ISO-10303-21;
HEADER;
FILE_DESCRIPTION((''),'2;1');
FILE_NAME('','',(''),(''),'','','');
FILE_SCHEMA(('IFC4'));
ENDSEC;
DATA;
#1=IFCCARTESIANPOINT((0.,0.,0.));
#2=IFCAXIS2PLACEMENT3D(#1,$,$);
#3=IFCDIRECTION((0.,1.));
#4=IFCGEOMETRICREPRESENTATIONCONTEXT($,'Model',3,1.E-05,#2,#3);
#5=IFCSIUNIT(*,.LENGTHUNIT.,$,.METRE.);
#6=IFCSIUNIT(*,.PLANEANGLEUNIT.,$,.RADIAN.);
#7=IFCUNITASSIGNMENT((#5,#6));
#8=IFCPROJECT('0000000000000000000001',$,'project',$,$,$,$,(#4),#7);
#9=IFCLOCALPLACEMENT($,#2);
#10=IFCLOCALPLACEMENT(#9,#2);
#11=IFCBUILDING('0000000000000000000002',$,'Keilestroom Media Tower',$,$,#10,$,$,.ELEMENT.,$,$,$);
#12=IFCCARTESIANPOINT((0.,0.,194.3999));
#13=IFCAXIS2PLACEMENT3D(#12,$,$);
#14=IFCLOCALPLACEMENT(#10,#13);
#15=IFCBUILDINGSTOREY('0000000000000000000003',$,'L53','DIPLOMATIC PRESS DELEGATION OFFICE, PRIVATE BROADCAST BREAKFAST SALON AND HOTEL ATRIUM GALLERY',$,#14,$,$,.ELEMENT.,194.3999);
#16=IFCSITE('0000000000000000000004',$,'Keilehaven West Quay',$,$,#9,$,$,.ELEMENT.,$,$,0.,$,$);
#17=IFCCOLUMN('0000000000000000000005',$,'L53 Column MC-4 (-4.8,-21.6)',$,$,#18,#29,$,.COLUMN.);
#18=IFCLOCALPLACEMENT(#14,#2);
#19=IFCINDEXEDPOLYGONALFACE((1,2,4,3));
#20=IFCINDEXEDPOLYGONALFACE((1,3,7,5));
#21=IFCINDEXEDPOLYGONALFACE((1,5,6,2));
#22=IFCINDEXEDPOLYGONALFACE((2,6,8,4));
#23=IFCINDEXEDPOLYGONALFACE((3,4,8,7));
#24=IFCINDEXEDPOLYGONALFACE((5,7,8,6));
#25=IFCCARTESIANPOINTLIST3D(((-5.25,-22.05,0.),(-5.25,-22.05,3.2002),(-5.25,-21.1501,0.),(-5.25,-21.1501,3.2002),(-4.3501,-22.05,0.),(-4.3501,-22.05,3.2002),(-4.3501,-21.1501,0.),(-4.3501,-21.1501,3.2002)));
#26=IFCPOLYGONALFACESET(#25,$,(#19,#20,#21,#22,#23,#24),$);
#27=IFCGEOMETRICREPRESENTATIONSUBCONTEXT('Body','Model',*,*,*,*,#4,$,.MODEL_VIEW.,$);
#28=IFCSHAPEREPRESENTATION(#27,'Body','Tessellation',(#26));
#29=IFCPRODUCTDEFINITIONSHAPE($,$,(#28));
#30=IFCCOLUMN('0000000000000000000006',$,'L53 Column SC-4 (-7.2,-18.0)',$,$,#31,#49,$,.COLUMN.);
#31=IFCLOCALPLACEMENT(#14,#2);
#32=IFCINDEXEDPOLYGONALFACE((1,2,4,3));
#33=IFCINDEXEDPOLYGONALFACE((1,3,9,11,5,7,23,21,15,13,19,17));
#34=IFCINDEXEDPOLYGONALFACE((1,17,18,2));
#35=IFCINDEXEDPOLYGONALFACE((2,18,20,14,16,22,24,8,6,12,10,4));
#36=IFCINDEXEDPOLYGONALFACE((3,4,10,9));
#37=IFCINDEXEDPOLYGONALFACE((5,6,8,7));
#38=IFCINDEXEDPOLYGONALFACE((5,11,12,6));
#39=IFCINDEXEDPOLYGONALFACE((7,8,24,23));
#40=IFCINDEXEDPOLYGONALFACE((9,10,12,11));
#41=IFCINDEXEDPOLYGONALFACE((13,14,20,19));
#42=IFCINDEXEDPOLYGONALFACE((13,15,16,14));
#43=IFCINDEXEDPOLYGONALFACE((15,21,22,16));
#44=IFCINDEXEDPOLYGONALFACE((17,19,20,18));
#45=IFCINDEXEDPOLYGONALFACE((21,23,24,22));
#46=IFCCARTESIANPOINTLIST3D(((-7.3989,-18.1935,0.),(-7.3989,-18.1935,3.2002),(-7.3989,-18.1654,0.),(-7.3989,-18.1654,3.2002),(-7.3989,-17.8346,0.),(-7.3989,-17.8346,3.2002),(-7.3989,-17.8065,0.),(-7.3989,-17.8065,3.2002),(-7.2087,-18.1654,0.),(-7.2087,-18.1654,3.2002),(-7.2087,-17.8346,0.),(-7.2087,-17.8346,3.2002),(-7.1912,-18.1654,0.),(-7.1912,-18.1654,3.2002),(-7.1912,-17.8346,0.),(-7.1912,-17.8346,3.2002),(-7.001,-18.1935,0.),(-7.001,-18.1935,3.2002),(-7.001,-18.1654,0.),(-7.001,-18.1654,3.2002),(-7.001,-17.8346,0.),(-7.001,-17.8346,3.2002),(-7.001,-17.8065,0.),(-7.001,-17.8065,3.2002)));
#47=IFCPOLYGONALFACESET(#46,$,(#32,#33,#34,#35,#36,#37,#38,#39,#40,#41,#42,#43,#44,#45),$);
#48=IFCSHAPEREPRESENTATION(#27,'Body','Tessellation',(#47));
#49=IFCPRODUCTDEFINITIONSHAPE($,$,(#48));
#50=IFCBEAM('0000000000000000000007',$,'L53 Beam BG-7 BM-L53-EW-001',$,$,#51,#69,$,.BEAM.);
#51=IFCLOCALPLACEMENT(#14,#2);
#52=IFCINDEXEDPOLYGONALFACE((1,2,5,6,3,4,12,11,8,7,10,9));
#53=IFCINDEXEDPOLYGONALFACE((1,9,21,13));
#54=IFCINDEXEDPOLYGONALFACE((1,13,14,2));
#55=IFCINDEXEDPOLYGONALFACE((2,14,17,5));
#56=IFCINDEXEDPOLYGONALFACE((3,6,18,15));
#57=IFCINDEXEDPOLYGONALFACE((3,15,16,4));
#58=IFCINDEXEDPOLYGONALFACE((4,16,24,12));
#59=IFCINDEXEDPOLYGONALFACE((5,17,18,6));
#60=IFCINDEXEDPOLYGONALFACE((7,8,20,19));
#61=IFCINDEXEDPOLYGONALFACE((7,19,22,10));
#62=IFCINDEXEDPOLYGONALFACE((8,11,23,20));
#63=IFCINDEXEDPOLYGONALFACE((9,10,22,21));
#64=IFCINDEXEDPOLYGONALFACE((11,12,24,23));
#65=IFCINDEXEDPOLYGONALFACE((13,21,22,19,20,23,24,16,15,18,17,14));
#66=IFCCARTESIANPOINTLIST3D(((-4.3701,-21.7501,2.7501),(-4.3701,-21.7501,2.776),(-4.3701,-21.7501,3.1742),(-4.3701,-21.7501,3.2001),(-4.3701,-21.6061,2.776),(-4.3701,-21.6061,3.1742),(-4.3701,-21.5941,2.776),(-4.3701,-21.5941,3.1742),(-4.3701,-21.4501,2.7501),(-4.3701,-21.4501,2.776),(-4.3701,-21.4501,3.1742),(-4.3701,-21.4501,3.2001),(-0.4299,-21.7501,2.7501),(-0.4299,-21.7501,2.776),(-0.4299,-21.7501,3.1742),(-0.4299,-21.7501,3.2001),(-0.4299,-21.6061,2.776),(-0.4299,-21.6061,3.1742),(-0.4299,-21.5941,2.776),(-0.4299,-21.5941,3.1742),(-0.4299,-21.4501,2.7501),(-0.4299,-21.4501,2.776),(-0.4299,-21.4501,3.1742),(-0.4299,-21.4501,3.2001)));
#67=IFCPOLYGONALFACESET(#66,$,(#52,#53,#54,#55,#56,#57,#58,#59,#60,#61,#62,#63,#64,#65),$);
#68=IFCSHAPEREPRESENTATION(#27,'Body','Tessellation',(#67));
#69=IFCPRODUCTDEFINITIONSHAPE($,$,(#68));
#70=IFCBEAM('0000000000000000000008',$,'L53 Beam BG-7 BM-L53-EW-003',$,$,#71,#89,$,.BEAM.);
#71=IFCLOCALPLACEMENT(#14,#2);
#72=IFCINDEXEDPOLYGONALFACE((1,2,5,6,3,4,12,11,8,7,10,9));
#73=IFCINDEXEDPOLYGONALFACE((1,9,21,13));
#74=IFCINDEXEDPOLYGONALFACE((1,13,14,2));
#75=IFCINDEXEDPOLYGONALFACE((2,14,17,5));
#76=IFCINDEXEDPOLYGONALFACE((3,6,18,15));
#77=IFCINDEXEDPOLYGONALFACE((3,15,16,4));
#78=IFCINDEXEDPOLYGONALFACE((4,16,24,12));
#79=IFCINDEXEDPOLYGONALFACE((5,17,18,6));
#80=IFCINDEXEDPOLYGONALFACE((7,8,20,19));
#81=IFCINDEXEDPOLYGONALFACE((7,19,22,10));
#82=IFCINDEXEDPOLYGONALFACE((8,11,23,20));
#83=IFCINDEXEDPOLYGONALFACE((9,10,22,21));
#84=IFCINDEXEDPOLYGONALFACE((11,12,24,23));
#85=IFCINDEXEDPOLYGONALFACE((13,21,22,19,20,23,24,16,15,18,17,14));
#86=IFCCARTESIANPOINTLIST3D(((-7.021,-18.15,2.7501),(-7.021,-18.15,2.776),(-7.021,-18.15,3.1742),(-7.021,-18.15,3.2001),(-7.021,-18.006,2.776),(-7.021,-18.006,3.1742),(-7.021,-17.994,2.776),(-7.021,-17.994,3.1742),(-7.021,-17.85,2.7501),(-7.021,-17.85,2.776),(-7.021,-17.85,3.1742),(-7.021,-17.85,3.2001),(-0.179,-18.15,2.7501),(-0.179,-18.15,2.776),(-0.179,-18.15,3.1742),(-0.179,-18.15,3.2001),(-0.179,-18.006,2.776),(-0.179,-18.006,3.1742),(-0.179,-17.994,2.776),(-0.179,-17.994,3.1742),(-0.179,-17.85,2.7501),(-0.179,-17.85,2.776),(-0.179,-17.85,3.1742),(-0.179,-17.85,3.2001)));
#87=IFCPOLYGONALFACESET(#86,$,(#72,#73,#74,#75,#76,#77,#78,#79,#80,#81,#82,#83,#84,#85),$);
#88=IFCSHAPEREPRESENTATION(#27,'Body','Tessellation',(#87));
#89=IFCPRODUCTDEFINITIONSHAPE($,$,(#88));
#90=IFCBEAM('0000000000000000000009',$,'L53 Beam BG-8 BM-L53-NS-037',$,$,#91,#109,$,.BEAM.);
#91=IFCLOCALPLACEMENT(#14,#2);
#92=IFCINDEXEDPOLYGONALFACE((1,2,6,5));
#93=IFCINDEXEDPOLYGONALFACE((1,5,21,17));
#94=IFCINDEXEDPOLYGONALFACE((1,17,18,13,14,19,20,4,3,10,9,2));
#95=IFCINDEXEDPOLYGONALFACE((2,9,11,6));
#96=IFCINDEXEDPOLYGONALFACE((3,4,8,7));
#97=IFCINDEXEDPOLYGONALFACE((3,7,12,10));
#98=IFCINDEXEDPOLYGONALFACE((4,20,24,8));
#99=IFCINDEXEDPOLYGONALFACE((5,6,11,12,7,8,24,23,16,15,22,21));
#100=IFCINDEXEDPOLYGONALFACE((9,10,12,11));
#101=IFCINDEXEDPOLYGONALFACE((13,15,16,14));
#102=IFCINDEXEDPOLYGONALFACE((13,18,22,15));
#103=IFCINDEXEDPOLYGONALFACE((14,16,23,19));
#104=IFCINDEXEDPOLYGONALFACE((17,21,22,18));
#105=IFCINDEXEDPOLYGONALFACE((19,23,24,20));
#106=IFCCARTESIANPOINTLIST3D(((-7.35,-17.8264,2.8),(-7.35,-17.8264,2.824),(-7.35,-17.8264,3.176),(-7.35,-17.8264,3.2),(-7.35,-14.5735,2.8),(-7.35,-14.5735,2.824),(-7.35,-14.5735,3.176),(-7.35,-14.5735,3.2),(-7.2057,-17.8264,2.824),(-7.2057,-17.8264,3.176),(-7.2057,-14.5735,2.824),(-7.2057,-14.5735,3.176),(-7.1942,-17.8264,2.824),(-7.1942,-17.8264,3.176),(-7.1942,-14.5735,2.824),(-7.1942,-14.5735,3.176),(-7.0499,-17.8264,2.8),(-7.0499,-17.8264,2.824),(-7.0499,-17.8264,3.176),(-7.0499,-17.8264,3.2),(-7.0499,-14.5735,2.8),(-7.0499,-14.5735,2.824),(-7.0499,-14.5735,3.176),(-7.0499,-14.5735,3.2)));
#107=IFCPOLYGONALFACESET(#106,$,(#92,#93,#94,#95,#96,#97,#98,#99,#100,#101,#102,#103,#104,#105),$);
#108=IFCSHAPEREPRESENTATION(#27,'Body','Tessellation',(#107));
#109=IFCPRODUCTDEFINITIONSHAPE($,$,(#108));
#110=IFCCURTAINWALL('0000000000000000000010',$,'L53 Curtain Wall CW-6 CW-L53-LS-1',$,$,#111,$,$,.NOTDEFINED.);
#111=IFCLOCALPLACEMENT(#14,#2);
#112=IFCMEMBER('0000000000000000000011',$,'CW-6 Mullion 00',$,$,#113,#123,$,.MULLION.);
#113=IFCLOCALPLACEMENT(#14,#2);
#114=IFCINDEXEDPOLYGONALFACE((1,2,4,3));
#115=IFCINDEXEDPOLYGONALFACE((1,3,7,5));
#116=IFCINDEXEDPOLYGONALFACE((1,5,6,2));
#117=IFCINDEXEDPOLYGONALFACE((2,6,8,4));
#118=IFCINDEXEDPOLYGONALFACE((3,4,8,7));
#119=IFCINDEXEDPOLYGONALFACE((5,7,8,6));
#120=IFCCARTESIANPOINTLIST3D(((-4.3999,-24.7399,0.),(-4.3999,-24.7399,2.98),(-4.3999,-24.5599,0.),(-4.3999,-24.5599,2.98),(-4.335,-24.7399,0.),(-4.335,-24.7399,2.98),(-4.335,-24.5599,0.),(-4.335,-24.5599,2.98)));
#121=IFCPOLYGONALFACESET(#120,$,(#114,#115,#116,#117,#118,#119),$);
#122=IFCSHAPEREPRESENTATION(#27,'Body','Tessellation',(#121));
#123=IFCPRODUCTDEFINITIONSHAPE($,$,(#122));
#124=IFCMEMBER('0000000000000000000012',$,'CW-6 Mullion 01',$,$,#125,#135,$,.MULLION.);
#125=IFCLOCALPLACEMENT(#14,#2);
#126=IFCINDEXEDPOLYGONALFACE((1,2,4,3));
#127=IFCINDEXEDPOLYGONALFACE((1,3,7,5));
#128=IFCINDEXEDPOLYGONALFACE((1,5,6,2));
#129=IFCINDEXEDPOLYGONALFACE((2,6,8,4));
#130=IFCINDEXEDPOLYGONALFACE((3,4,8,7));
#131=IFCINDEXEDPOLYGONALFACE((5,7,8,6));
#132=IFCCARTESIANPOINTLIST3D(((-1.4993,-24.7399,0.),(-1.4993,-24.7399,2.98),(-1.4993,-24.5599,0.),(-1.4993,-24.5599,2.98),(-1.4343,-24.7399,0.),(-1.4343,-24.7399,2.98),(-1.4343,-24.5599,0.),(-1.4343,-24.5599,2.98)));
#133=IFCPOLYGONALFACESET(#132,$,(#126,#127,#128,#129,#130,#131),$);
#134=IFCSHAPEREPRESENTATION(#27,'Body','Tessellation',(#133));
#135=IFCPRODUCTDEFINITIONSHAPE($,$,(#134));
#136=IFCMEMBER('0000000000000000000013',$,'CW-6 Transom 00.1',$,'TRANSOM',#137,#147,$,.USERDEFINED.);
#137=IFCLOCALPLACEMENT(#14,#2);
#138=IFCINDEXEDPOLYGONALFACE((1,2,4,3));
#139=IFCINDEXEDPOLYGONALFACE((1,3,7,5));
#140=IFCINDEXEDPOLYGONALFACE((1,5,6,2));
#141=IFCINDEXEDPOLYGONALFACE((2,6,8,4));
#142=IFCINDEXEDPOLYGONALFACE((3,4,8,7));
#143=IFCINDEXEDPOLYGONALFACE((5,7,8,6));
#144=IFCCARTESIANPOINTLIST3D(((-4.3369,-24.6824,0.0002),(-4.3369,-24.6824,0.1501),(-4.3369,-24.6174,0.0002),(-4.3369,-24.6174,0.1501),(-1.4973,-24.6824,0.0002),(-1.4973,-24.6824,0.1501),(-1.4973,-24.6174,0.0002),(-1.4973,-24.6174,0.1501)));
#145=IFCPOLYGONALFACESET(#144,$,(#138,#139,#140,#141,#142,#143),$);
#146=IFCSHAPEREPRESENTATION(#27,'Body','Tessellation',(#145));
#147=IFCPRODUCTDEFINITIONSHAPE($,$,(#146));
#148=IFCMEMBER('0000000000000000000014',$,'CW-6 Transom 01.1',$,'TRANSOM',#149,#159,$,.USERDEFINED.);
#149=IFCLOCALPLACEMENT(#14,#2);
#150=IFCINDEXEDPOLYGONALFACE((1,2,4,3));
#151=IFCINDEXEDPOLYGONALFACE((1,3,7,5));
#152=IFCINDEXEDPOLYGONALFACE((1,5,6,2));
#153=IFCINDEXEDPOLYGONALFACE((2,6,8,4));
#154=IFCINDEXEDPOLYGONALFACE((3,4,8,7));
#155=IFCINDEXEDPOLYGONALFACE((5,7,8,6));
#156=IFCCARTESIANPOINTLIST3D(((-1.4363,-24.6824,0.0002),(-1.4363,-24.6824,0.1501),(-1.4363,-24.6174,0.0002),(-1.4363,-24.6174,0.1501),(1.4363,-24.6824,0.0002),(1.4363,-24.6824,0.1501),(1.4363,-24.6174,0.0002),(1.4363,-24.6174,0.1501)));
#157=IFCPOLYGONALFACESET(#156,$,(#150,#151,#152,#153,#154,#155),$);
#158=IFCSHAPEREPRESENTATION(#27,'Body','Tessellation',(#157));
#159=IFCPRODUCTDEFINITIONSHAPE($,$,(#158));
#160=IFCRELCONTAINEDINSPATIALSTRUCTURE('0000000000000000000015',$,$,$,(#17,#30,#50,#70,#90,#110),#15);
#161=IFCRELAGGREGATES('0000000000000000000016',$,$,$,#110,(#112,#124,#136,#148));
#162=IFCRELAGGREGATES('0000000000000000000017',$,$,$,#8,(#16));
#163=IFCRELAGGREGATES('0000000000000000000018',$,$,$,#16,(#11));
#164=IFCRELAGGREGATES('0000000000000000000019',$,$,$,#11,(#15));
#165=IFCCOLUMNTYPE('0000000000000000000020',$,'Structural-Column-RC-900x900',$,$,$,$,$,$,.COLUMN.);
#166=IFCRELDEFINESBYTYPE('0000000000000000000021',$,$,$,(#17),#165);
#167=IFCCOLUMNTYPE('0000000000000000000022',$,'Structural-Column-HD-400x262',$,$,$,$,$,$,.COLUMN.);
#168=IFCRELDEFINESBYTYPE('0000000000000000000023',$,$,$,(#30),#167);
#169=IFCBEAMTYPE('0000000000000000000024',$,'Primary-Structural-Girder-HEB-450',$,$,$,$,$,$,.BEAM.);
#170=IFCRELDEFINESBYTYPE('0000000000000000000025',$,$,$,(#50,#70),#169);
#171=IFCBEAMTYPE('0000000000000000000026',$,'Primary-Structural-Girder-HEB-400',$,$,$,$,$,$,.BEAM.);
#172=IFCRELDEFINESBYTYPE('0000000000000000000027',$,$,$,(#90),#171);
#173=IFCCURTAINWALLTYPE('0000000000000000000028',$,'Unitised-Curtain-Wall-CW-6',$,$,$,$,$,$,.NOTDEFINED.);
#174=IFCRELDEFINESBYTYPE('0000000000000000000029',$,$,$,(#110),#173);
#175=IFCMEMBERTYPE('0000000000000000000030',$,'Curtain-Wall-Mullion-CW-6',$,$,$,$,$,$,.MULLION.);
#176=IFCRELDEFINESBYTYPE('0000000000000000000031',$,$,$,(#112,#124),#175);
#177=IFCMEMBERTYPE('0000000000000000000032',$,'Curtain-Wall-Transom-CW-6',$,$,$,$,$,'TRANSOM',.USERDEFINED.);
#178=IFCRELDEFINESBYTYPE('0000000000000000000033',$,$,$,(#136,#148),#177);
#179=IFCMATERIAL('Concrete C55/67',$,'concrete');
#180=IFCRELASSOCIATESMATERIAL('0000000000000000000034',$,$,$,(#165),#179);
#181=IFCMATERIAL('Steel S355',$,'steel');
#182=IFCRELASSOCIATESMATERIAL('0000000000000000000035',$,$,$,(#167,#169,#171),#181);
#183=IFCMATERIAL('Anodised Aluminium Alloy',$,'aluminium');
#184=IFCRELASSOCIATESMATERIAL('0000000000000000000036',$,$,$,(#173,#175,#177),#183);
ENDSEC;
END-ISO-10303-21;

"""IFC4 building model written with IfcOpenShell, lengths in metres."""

from ifc_helpers import new_model, si_unit, direction, frame, origin, origin_2d, place, context, subcontext, project, spatial, rectangle, i_section, extrude, source, transform, mapped, material, material_profile, profile_set, type_object, element, aggregate, save


model = new_model("IFC4")

# Units and contexts
model_context = context("Model", 3, precision=1e-05, world=origin(), true_north=direction((0.0, 1.0)))
body_context = subcontext(model_context, "Body", "Model", "MODEL_VIEW")
ifc_project = project(units=[si_unit("LENGTHUNIT", "METRE"), si_unit("PLANEANGLEUNIT", "RADIAN")], contexts=[model_context])

# Site, building, storey
site_placement = place(None, origin())
site = spatial("IfcSite", under=ifc_project, at=site_placement, Name="Keilehaven West Quay", CompositionType="ELEMENT", RefElevation=0.0)
building_placement = place(site_placement, origin())
building = spatial("IfcBuilding", under=site, at=building_placement, Name="Keilestroom Media Tower", CompositionType="ELEMENT")
storey_placement = place(building_placement, frame((0.0, 0.0, 194.3999)))
storey = spatial("IfcBuildingStorey", under=building, at=storey_placement, Name="L53", Description="DIPLOMATIC PRESS DELEGATION OFFICE, PRIVATE BROADCAST BREAKFAST SALON AND HOTEL ATRIUM GALLERY", CompositionType="ELEMENT", Elevation=194.3999)

# Columns
ifc_material_1 = material(Name="Concrete C55/67", Category="concrete")
ifc_material_profile_1 = material_profile(ifc_material_1, rectangle(XDim=0.8999, YDim=0.8999, at=origin_2d()), Name="RC 900x900")
ifc_profile_set_1 = profile_set([ifc_material_profile_1], Name="Concrete C55/67")
column_type_1 = type_object("IfcColumnType", Name="Structural-Column-RC-900x900", PredefinedType="COLUMN", material=ifc_profile_set_1)
shared_shape_1 = source(origin(), body_context, "Body", "SweptSolid", [
    extrude(rectangle(XDim=0.8999, YDim=0.8999, at=origin_2d()), origin(), (0.0, 0.0, 1.0), 3.2002),
])
column_1_placement = place(storey_placement, frame((-4.8, -21.6001, 0.0), z_axis=(0.0, 0.0, 1.0), x_axis=(1.0, 0.0, 0.0)))
element("IfcColumn", 1, at=column_1_placement, inside=storey, type_object=column_type_1, Name="L53 Column MC-4 (-4.8,-21.6)", PredefinedType="COLUMN", context=body_context, shape_type="MappedRepresentation", body=[
    mapped(shared_shape_1, transform((0.0, 0.0, 0.0), x_axis=(1.0, 0.0, 0.0), y_axis=(0.0, 1.0, 0.0), z_axis=(0.0, 0.0, 1.0), scale=1.0)),
])
ifc_material_2 = material(Name="Steel S355", Category="steel")
ifc_material_profile_2 = material_profile(ifc_material_2, i_section(OverallWidth=0.3979, OverallDepth=0.387, WebThickness=0.0176, FlangeThickness=0.0281, at=origin_2d()), Name="HD 400x262")
ifc_profile_set_2 = profile_set([ifc_material_profile_2], Name="Steel S355")
column_type_2 = type_object("IfcColumnType", Name="Structural-Column-HD-400x262", PredefinedType="COLUMN", material=ifc_profile_set_2)
shared_shape_2 = source(origin(), body_context, "Body", "SweptSolid", [
    extrude(i_section(OverallWidth=0.3979, OverallDepth=0.387, WebThickness=0.0176, FlangeThickness=0.0281, at=origin_2d()), origin(), (0.0, 0.0, 1.0), 3.2002),
])
column_2_placement = place(storey_placement, frame((-7.2, -18.0, 0.0), z_axis=(0.0, 0.0, 1.0), x_axis=(1.0, 0.0, 0.0)))
element("IfcColumn", 2, at=column_2_placement, inside=storey, type_object=column_type_2, Name="L53 Column SC-4 (-7.2,-18.0)", PredefinedType="COLUMN", context=body_context, shape_type="MappedRepresentation", body=[
    mapped(shared_shape_2, transform((0.0, 0.0, 0.0), x_axis=(1.0, 0.0, 0.0), y_axis=(0.0, 1.0, 0.0), z_axis=(0.0, 0.0, 1.0), scale=1.0)),
])

# Beams
ifc_material_profile_3 = material_profile(ifc_material_2, i_section(OverallWidth=0.3, OverallDepth=0.45, WebThickness=0.012, FlangeThickness=0.0259, at=origin_2d()), Name="HEB 450")
ifc_profile_set_3 = profile_set([ifc_material_profile_3], Name="Steel S355")
beam_type_1 = type_object("IfcBeamType", Name="Primary-Structural-Girder-HEB-450", PredefinedType="BEAM", material=ifc_profile_set_3)
shared_shape_3 = source(origin(), body_context, "Body", "SweptSolid", [
    extrude(i_section(OverallWidth=0.3, OverallDepth=0.45, WebThickness=0.012, FlangeThickness=0.0259, at=origin_2d()), origin(), (0.0, 0.0, 1.0), 3.9402),
])
beam_1_placement = place(storey_placement, frame((-4.3701, -21.6001, 2.9751), z_axis=(1.0, 0.0, 0.0), x_axis=(0.0, 1.0, 0.0)))
element("IfcBeam", 3, at=beam_1_placement, inside=storey, type_object=beam_type_1, Name="L53 Beam BG-7 BM-L53-EW-001", PredefinedType="BEAM", context=body_context, shape_type="MappedRepresentation", body=[
    mapped(shared_shape_3, transform((0.0, 0.0, 0.0), x_axis=(1.0, 0.0, 0.0), y_axis=(0.0, 1.0, 0.0), z_axis=(0.0, 0.0, 1.0), scale=1.0)),
])
shared_shape_4 = source(origin(), body_context, "Body", "SweptSolid", [
    extrude(i_section(OverallWidth=0.3, OverallDepth=0.45, WebThickness=0.012, FlangeThickness=0.0259, at=origin_2d()), origin(), (0.0, 0.0, 1.0), 6.842),
])
beam_2_placement = place(storey_placement, frame((-7.021, -18.0, 2.9751), z_axis=(1.0, 0.0, 0.0), x_axis=(0.0, 1.0, 0.0)))
element("IfcBeam", 4, at=beam_2_placement, inside=storey, type_object=beam_type_1, Name="L53 Beam BG-7 BM-L53-EW-003", PredefinedType="BEAM", context=body_context, shape_type="MappedRepresentation", body=[
    mapped(shared_shape_4, transform((0.0, 0.0, 0.0), x_axis=(1.0, 0.0, 0.0), y_axis=(0.0, 1.0, 0.0), z_axis=(0.0, 0.0, 1.0), scale=1.0)),
])
ifc_material_profile_4 = material_profile(ifc_material_2, i_section(OverallWidth=0.3, OverallDepth=0.3999, WebThickness=0.0115, FlangeThickness=0.0239, at=origin_2d()), Name="HEB 400")
ifc_profile_set_4 = profile_set([ifc_material_profile_4], Name="Steel S355")
beam_type_2 = type_object("IfcBeamType", Name="Primary-Structural-Girder-HEB-400", PredefinedType="BEAM", material=ifc_profile_set_4)
shared_shape_5 = source(origin(), body_context, "Body", "SweptSolid", [
    extrude(i_section(OverallWidth=0.3, OverallDepth=0.3999, WebThickness=0.0115, FlangeThickness=0.0239, at=origin_2d()), origin(), (0.0, 0.0, 1.0), 3.2529),
])
beam_3_placement = place(storey_placement, frame((-7.2, -17.8264, 3.0), z_axis=(0.0, 1.0, 0.0), x_axis=(-1.0, 0.0, 0.0)))
element("IfcBeam", 5, at=beam_3_placement, inside=storey, type_object=beam_type_2, Name="L53 Beam BG-8 BM-L53-NS-037", PredefinedType="BEAM", context=body_context, shape_type="MappedRepresentation", body=[
    mapped(shared_shape_5, transform((0.0, 0.0, 0.0), x_axis=(1.0, 0.0, 0.0), y_axis=(0.0, 1.0, 0.0), z_axis=(0.0, 0.0, 1.0), scale=1.0)),
])

# Curtain wall, members
ifc_material_3 = material(Name="Anodised Aluminium Alloy", Category="aluminium")
curtain_wall_type = type_object("IfcCurtainWallType", Name="Unitised-Curtain-Wall-CW-6", PredefinedType="NOTDEFINED", material=ifc_material_3)
curtain_wall_placement = place(storey_placement, origin())
curtain_wall = element("IfcCurtainWall", 6, at=curtain_wall_placement, inside=storey, type_object=curtain_wall_type, Name="L53 Curtain Wall CW-6 CW-L53-LS-1", PredefinedType="NOTDEFINED")
ifc_material_profile_5 = material_profile(ifc_material_3, rectangle(XDim=0.0649, YDim=0.1799, at=origin_2d()), Name="ALU MULLION 65x180")
ifc_profile_set_5 = profile_set([ifc_material_profile_5], Name="Anodised Aluminium Alloy")
member_type_1 = type_object("IfcMemberType", Name="Curtain-Wall-Mullion-CW-6", PredefinedType="MULLION", material=ifc_profile_set_5)
shared_shape_6 = source(origin(), body_context, "Body", "SweptSolid", [
    extrude(rectangle(XDim=0.0649, YDim=0.1799, at=origin_2d()), origin(), (0.0, 0.0, 1.0), 2.98),
])
member_1_placement = place(storey_placement, frame((-4.3674, -24.6499, 0.0), z_axis=(0.0, 0.0, 1.0), x_axis=(1.0, 0.0, 0.0)))
member_1 = element("IfcMember", 7, at=member_1_placement, type_object=member_type_1, Name="CW-6 Mullion 00", PredefinedType="MULLION", context=body_context, shape_type="MappedRepresentation", body=[
    mapped(shared_shape_6, transform((0.0, 0.0, 0.0), x_axis=(1.0, 0.0, 0.0), y_axis=(0.0, 1.0, 0.0), z_axis=(0.0, 0.0, 1.0), scale=1.0)),
])
member_2_placement = place(storey_placement, frame((-1.4668, -24.6499, 0.0), z_axis=(0.0, 0.0, 1.0), x_axis=(1.0, 0.0, 0.0)))
member_2 = element("IfcMember", 8, at=member_2_placement, type_object=member_type_1, Name="CW-6 Mullion 01", PredefinedType="MULLION", context=body_context, shape_type="MappedRepresentation", body=[
    mapped(shared_shape_6, transform((0.0, 0.0, 0.0), x_axis=(1.0, 0.0, 0.0), y_axis=(0.0, 1.0, 0.0), z_axis=(0.0, 0.0, 1.0), scale=1.0)),
])
ifc_material_profile_6 = material_profile(ifc_material_3, rectangle(XDim=0.0649, YDim=0.1499, at=origin_2d()), Name="ALU TRANSOM 65x150")
ifc_profile_set_6 = profile_set([ifc_material_profile_6], Name="Anodised Aluminium Alloy")
member_type_2 = type_object("IfcMemberType", Name="Curtain-Wall-Transom-CW-6", ElementType="TRANSOM", PredefinedType="USERDEFINED", material=ifc_profile_set_6)
shared_shape_7 = source(origin(), body_context, "Body", "SweptSolid", [
    extrude(rectangle(XDim=0.0649, YDim=0.1499, at=origin_2d()), origin(), (0.0, 0.0, 1.0), 2.8396),
])
member_3_placement = place(storey_placement, frame((-4.3369, -24.6499, 0.0752), z_axis=(1.0, 0.0, 0.0), x_axis=(0.0, 1.0, 0.0)))
member_3 = element("IfcMember", 9, at=member_3_placement, type_object=member_type_2, Name="CW-6 Transom 00.1", ObjectType="TRANSOM", PredefinedType="USERDEFINED", context=body_context, shape_type="MappedRepresentation", body=[
    mapped(shared_shape_7, transform((0.0, 0.0, 0.0), x_axis=(1.0, 0.0, 0.0), y_axis=(0.0, 1.0, 0.0), z_axis=(0.0, 0.0, 1.0), scale=1.0)),
])
shared_shape_8 = source(origin(), body_context, "Body", "SweptSolid", [
    extrude(rectangle(XDim=0.0649, YDim=0.1499, at=origin_2d()), origin(), (0.0, 0.0, 1.0), 2.8726),
])
member_4_placement = place(storey_placement, frame((-1.4363, -24.6499, 0.0752), z_axis=(1.0, 0.0, 0.0), x_axis=(0.0, 1.0, 0.0)))
member_4 = element("IfcMember", 10, at=member_4_placement, type_object=member_type_2, Name="CW-6 Transom 01.1", ObjectType="TRANSOM", PredefinedType="USERDEFINED", context=body_context, shape_type="MappedRepresentation", body=[
    mapped(shared_shape_8, transform((0.0, 0.0, 0.0), x_axis=(1.0, 0.0, 0.0), y_axis=(0.0, 1.0, 0.0), z_axis=(0.0, 0.0, 1.0), scale=1.0)),
])
aggregate(curtain_wall, [member_1, member_2, member_3, member_4])

save(model, "model.ifc")
